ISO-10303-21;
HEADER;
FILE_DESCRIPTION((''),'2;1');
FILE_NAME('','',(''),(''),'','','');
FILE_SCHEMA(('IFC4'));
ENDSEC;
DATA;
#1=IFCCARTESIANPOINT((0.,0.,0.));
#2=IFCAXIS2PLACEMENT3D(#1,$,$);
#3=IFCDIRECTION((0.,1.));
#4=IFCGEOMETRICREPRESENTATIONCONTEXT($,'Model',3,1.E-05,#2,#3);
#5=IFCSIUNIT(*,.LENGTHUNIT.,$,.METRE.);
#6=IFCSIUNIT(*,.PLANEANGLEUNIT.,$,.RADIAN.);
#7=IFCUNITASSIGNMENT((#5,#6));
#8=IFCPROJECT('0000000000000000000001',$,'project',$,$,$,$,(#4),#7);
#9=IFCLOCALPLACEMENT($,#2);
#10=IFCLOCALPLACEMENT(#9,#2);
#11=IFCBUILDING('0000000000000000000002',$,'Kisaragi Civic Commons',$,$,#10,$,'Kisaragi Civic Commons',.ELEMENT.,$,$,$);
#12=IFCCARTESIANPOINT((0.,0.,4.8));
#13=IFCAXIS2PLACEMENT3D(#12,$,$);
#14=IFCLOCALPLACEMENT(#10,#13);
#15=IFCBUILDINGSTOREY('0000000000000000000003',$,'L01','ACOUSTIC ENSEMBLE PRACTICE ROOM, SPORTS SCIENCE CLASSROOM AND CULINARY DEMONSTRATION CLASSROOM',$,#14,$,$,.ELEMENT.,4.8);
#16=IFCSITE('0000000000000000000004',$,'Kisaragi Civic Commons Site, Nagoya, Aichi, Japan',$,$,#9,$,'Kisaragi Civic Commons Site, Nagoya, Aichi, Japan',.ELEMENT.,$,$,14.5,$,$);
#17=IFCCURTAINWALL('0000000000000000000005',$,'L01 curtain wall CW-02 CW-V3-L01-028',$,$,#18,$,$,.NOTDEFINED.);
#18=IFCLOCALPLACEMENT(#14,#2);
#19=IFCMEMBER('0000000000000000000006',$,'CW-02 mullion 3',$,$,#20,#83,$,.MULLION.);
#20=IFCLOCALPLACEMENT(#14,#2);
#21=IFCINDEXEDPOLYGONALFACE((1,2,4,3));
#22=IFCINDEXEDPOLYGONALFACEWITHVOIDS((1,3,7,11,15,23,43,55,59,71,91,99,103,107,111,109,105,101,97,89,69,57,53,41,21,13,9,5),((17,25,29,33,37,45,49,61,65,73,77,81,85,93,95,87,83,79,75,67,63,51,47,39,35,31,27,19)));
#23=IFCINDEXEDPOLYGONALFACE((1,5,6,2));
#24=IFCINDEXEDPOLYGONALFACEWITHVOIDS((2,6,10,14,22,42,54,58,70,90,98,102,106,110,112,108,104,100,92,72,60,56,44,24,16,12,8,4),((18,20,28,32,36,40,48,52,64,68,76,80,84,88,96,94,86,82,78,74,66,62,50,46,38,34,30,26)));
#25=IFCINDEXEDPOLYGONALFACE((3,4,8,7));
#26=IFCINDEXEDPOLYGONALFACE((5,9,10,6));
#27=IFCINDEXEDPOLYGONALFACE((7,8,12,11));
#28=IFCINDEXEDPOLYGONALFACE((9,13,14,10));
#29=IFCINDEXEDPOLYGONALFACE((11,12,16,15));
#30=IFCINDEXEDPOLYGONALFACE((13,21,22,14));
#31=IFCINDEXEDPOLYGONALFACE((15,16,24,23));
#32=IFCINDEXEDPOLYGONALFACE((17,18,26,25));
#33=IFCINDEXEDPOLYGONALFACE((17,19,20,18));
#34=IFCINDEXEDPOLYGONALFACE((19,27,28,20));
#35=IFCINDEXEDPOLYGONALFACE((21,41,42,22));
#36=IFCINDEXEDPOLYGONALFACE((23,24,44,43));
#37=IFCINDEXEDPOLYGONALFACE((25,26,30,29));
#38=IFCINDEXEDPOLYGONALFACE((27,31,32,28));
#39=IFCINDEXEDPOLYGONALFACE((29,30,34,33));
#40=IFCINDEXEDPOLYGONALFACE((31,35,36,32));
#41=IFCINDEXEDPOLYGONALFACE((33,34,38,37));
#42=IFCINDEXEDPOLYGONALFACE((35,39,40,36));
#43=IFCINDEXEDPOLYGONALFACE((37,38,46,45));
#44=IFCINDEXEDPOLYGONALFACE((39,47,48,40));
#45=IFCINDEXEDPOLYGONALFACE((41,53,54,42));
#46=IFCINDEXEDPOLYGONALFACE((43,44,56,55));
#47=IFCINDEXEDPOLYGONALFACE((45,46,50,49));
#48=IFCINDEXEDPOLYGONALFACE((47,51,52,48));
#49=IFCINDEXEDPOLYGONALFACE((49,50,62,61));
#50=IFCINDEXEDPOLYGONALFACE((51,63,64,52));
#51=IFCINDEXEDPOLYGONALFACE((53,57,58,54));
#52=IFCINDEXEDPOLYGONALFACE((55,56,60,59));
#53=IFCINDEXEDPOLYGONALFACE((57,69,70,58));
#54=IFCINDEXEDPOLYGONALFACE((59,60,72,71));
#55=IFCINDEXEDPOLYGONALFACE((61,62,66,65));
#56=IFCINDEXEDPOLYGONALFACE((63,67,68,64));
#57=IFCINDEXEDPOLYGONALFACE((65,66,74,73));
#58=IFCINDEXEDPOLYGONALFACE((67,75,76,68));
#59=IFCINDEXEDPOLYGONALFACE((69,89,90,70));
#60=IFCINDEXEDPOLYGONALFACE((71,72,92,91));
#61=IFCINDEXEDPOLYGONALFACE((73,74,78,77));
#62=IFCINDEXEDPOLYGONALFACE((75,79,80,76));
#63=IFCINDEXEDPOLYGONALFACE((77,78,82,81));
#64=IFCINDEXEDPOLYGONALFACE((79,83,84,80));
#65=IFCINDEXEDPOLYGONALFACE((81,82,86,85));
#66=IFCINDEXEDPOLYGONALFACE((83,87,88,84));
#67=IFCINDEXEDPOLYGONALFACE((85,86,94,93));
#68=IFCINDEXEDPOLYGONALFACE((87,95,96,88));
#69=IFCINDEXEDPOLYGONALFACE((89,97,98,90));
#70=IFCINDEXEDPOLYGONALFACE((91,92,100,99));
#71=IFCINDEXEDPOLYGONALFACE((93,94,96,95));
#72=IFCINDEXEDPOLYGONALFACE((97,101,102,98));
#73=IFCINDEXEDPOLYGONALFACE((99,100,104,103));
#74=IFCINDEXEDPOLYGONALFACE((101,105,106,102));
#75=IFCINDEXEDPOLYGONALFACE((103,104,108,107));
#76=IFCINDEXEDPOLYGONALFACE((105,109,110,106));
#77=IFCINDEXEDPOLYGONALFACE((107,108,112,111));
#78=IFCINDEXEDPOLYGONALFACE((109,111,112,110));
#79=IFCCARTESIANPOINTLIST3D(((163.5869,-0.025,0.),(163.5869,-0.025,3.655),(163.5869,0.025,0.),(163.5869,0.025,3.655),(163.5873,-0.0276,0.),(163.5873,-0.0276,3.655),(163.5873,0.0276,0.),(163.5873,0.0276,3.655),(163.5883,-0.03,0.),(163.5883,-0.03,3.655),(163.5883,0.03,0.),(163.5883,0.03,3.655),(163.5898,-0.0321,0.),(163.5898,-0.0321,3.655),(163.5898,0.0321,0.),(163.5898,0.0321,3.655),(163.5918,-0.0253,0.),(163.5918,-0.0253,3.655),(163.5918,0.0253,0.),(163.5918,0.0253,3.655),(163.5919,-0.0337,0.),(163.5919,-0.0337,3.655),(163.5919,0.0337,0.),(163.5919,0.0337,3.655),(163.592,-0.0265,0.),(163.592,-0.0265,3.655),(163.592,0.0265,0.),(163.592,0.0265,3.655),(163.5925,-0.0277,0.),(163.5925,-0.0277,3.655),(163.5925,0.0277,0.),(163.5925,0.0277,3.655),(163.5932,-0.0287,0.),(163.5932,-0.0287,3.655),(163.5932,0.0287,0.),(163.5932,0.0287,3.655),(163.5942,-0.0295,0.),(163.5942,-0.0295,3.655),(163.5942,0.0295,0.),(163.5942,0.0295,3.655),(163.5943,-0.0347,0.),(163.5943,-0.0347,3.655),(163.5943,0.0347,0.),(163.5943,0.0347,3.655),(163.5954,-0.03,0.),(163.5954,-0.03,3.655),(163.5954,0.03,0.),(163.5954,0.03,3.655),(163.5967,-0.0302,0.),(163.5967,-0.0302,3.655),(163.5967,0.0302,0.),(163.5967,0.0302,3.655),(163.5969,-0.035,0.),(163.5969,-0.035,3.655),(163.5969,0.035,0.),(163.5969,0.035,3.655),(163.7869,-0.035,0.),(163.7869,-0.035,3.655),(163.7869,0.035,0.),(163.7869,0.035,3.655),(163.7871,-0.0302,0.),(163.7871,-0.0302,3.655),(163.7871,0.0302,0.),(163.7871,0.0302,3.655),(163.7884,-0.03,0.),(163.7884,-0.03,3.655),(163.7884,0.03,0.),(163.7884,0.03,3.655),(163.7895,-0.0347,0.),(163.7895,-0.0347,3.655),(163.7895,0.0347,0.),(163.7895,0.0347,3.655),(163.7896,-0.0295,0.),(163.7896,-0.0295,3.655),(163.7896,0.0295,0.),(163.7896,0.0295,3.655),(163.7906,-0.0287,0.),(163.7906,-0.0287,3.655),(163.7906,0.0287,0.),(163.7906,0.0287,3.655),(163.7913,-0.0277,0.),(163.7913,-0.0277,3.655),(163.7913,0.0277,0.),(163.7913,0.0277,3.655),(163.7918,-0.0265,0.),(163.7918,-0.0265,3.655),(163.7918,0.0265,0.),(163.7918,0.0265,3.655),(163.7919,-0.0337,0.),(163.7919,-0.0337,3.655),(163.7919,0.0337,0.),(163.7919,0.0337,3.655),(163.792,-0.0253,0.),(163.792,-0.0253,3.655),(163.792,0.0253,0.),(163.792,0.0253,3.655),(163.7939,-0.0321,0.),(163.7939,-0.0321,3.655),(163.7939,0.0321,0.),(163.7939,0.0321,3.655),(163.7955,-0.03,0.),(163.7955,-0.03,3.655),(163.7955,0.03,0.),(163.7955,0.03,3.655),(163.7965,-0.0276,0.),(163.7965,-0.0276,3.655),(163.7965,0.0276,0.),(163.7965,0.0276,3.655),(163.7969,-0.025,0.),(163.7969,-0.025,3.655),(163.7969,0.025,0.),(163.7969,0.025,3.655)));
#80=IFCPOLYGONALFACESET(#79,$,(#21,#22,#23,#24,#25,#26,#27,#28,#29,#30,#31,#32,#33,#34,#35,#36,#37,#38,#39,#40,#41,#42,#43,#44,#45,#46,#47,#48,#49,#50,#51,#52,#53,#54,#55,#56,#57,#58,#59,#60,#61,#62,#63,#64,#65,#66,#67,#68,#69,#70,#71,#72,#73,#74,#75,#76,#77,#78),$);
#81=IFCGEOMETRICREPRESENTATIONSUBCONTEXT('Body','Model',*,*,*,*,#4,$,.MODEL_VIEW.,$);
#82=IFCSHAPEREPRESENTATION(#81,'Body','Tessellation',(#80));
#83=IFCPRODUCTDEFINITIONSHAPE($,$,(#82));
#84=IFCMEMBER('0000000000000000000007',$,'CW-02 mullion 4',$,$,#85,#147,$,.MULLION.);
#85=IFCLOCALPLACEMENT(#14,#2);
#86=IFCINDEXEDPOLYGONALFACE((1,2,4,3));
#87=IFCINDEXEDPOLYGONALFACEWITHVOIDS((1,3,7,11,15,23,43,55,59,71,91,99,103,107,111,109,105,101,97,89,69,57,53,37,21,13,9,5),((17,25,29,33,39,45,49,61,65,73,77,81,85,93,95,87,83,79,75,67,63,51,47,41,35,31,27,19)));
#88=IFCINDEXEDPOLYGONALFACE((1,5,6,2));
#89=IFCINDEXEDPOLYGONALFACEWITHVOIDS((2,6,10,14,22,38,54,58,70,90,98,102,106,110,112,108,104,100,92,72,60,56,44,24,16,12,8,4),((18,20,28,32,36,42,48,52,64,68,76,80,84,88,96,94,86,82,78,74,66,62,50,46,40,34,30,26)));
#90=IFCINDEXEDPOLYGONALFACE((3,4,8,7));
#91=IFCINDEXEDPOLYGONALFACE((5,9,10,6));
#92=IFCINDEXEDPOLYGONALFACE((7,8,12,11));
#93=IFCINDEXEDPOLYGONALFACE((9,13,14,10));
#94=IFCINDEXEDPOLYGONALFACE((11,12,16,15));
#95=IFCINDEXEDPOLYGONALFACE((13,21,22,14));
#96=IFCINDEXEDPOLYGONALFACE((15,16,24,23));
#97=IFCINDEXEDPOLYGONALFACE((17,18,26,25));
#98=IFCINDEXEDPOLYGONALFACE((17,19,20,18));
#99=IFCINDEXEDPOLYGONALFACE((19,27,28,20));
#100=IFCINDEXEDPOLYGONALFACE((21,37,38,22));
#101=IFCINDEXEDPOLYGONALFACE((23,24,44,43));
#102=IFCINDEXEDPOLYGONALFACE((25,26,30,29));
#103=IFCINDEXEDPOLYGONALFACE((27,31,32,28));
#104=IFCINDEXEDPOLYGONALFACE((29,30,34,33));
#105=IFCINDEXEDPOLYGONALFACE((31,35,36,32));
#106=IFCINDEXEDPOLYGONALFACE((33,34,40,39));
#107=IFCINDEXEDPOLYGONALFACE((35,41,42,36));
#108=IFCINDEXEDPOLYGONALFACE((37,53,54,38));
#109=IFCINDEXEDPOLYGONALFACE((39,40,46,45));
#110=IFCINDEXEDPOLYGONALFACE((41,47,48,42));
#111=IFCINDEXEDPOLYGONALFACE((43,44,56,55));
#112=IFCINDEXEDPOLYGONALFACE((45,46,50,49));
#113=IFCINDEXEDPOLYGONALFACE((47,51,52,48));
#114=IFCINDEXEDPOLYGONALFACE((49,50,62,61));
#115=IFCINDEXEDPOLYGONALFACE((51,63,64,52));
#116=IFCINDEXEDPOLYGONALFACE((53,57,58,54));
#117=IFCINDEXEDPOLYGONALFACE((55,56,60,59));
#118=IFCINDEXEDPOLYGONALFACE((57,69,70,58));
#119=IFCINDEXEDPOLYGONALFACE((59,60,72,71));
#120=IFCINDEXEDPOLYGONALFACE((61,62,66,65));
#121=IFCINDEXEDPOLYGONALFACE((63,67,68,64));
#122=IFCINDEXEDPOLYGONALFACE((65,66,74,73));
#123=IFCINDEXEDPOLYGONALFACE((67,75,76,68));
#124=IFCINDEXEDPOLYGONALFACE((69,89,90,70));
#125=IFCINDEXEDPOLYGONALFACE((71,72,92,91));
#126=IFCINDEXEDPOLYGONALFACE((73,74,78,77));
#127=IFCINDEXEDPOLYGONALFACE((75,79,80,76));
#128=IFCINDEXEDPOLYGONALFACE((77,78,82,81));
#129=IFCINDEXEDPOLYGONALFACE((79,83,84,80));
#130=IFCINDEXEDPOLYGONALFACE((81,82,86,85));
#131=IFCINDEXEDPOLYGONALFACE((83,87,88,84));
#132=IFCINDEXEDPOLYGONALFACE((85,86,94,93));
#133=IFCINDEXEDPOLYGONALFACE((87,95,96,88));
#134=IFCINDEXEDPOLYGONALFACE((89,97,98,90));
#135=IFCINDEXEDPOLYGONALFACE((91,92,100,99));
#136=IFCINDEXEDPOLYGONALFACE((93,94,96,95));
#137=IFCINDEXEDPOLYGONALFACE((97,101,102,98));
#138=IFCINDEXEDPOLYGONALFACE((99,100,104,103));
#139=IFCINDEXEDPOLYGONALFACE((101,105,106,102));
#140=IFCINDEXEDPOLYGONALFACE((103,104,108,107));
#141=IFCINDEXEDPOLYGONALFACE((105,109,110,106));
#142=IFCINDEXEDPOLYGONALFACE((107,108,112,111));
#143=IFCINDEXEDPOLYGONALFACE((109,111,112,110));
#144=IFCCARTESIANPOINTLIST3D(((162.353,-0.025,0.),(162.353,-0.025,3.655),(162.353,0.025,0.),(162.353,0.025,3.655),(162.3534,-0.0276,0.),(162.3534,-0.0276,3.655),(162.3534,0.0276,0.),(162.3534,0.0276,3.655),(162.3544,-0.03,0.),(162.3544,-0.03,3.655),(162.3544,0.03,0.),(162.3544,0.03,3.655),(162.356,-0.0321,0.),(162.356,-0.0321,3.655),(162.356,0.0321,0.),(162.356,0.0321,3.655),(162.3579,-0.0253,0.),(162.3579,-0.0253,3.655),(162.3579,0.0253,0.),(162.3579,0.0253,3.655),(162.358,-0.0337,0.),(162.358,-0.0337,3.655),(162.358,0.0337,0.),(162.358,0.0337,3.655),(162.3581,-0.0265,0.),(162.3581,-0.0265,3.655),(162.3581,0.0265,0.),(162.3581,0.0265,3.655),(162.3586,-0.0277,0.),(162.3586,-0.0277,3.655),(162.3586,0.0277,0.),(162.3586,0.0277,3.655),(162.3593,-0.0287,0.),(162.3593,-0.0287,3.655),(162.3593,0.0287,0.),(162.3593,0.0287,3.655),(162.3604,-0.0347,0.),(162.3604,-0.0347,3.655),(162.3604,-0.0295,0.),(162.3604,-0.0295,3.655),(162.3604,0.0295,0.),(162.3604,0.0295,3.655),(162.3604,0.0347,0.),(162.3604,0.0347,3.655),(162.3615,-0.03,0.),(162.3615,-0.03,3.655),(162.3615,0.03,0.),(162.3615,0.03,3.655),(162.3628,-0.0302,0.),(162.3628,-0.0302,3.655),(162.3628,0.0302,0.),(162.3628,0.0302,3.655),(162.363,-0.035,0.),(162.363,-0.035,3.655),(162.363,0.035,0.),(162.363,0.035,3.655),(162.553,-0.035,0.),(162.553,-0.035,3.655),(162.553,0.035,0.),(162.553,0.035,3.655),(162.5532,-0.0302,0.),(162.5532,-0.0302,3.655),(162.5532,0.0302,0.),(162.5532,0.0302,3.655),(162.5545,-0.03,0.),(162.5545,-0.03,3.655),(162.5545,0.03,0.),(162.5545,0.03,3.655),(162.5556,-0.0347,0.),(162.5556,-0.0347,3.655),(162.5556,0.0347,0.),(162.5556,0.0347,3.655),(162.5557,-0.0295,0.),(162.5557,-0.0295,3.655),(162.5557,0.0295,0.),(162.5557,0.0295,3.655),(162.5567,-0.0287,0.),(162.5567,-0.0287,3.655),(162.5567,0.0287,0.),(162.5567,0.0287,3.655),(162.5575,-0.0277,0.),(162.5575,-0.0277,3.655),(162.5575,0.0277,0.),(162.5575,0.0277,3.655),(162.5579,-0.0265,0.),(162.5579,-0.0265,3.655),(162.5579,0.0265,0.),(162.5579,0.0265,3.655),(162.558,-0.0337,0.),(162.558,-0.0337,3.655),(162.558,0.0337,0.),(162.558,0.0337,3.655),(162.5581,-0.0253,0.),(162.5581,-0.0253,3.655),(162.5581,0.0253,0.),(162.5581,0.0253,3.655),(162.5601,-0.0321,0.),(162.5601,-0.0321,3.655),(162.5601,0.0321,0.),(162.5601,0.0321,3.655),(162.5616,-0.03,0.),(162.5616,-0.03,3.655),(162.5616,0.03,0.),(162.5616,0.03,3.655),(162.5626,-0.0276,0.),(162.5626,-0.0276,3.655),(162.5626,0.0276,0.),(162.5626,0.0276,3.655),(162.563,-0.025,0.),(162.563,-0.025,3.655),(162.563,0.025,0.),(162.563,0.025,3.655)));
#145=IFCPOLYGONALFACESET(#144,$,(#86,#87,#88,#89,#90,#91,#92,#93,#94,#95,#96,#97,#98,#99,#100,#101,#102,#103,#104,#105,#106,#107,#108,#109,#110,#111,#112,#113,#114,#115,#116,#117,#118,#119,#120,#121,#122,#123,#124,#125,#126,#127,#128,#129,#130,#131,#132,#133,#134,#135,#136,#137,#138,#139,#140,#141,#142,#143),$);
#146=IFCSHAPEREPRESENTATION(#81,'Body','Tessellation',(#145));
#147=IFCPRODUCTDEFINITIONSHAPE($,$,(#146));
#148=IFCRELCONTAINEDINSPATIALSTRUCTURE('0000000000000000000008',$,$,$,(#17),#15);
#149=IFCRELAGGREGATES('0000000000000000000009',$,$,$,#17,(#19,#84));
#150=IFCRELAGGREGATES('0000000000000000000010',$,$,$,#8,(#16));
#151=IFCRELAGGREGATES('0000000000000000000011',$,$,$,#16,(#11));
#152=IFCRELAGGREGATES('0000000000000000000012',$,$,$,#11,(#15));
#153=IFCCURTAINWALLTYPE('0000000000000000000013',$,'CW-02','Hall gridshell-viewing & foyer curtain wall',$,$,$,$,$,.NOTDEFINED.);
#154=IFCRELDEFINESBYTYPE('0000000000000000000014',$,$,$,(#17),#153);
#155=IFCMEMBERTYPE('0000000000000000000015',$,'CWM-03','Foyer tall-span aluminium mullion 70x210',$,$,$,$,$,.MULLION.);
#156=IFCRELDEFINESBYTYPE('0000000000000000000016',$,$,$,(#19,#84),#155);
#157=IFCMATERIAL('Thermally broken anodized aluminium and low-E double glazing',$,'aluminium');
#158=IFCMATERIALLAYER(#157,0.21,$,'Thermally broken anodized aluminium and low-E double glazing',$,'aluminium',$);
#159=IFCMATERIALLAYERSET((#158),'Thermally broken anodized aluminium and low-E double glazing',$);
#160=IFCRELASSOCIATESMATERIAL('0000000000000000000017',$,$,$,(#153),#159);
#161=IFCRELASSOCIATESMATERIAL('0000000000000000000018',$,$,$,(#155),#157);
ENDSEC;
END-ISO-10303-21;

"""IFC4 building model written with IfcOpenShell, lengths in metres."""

from ifc_helpers import new_model, si_unit, direction, frame, origin, origin_2d, place, context, subcontext, project, spatial, hollow_rectangle, extrude, material, layer, layer_set, material_profile, profile_set, type_object, element, aggregate, save


model = new_model("IFC4")

# Units and contexts
model_context = context("Model", 3, precision=1e-05, world=origin(), true_north=direction((0.0, 1.0)))
body_context = subcontext(model_context, "Body", "Model", "MODEL_VIEW")
ifc_project = project(units=[si_unit("LENGTHUNIT", "METRE"), si_unit("PLANEANGLEUNIT", "RADIAN")], contexts=[model_context])

# Site, building, storey
site_placement = place(None, origin())
site = spatial("IfcSite", under=ifc_project, at=site_placement, Name="Kisaragi Civic Commons Site, Nagoya, Aichi, Japan", LongName="Kisaragi Civic Commons Site, Nagoya, Aichi, Japan", CompositionType="ELEMENT", RefElevation=14.5)
building_placement = place(site_placement, origin())
building = spatial("IfcBuilding", under=site, at=building_placement, Name="Kisaragi Civic Commons", LongName="Kisaragi Civic Commons", CompositionType="ELEMENT")
storey_placement = place(building_placement, frame((0.0, 0.0, 4.8)))
storey = spatial("IfcBuildingStorey", under=building, at=storey_placement, Name="L01", Description="ACOUSTIC ENSEMBLE PRACTICE ROOM, SPORTS SCIENCE CLASSROOM AND CULINARY DEMONSTRATION CLASSROOM", CompositionType="ELEMENT", Elevation=4.8)

# Curtain wall, members
ifc_material_1 = material(Name="Thermally broken anodized aluminium and low-E double glazing", Category="aluminium")
ifc_layer_1 = layer(ifc_material_1, 0.21, Name="Thermally broken anodized aluminium and low-E double glazing", Category="aluminium")
ifc_layer_set_1 = layer_set([ifc_layer_1], Name="Thermally broken anodized aluminium and low-E double glazing")
curtain_wall_type = type_object("IfcCurtainWallType", Name="CW-02", Description="Hall gridshell-viewing & foyer curtain wall", PredefinedType="NOTDEFINED", material=ifc_layer_set_1)
curtain_wall_placement = place(storey_placement, origin())
curtain_wall = element("IfcCurtainWall", 1, at=curtain_wall_placement, inside=storey, type_object=curtain_wall_type, Name="L01 curtain wall CW-02 CW-V3-L01-028", PredefinedType="NOTDEFINED")
ifc_material_profile_1 = material_profile(ifc_material_1, hollow_rectangle(XDim=0.0701, YDim=0.21, WallThickness=0.0049, InnerFilletRadius=0.0049, OuterFilletRadius=0.01, at=origin_2d()), Name="CWM-70x210x5", Category="aluminium")
ifc_profile_set_1 = profile_set([ifc_material_profile_1], Name="Thermally broken anodized aluminium and low-E double glazing")
member_type_1 = type_object("IfcMemberType", Name="CWM-03", Description="Foyer tall-span aluminium mullion 70x210", PredefinedType="MULLION", material=ifc_profile_set_1)
member_1_placement = place(storey_placement, frame((163.6919, 0.0, 0.0), z_axis=(0.0, 0.0, 1.0), x_axis=(0.0, -1.0, 0.0)))
member_1 = element("IfcMember", 2, at=member_1_placement, type_object=member_type_1, Name="CW-02 mullion 3", PredefinedType="MULLION", context=body_context, shape_type="SweptSolid", body=[
    extrude(hollow_rectangle(XDim=0.0701, YDim=0.21, WallThickness=0.0049, InnerFilletRadius=0.0049, OuterFilletRadius=0.01, at=origin_2d()), origin(), (0.0, 0.0, 1.0), 3.655),
])
member_2_placement = place(storey_placement, frame((162.458, 0.0, 0.0), z_axis=(0.0, 0.0, 1.0), x_axis=(0.0, -1.0, 0.0)))
member_2 = element("IfcMember", 3, at=member_2_placement, type_object=member_type_1, Name="CW-02 mullion 4", PredefinedType="MULLION", context=body_context, shape_type="SweptSolid", body=[
    extrude(hollow_rectangle(XDim=0.0701, YDim=0.21, WallThickness=0.0049, InnerFilletRadius=0.0049, OuterFilletRadius=0.01, at=origin_2d()), origin(), (0.0, 0.0, 1.0), 3.655),
])
aggregate(curtain_wall, [member_1, member_2])

save(model, "model.ifc")
